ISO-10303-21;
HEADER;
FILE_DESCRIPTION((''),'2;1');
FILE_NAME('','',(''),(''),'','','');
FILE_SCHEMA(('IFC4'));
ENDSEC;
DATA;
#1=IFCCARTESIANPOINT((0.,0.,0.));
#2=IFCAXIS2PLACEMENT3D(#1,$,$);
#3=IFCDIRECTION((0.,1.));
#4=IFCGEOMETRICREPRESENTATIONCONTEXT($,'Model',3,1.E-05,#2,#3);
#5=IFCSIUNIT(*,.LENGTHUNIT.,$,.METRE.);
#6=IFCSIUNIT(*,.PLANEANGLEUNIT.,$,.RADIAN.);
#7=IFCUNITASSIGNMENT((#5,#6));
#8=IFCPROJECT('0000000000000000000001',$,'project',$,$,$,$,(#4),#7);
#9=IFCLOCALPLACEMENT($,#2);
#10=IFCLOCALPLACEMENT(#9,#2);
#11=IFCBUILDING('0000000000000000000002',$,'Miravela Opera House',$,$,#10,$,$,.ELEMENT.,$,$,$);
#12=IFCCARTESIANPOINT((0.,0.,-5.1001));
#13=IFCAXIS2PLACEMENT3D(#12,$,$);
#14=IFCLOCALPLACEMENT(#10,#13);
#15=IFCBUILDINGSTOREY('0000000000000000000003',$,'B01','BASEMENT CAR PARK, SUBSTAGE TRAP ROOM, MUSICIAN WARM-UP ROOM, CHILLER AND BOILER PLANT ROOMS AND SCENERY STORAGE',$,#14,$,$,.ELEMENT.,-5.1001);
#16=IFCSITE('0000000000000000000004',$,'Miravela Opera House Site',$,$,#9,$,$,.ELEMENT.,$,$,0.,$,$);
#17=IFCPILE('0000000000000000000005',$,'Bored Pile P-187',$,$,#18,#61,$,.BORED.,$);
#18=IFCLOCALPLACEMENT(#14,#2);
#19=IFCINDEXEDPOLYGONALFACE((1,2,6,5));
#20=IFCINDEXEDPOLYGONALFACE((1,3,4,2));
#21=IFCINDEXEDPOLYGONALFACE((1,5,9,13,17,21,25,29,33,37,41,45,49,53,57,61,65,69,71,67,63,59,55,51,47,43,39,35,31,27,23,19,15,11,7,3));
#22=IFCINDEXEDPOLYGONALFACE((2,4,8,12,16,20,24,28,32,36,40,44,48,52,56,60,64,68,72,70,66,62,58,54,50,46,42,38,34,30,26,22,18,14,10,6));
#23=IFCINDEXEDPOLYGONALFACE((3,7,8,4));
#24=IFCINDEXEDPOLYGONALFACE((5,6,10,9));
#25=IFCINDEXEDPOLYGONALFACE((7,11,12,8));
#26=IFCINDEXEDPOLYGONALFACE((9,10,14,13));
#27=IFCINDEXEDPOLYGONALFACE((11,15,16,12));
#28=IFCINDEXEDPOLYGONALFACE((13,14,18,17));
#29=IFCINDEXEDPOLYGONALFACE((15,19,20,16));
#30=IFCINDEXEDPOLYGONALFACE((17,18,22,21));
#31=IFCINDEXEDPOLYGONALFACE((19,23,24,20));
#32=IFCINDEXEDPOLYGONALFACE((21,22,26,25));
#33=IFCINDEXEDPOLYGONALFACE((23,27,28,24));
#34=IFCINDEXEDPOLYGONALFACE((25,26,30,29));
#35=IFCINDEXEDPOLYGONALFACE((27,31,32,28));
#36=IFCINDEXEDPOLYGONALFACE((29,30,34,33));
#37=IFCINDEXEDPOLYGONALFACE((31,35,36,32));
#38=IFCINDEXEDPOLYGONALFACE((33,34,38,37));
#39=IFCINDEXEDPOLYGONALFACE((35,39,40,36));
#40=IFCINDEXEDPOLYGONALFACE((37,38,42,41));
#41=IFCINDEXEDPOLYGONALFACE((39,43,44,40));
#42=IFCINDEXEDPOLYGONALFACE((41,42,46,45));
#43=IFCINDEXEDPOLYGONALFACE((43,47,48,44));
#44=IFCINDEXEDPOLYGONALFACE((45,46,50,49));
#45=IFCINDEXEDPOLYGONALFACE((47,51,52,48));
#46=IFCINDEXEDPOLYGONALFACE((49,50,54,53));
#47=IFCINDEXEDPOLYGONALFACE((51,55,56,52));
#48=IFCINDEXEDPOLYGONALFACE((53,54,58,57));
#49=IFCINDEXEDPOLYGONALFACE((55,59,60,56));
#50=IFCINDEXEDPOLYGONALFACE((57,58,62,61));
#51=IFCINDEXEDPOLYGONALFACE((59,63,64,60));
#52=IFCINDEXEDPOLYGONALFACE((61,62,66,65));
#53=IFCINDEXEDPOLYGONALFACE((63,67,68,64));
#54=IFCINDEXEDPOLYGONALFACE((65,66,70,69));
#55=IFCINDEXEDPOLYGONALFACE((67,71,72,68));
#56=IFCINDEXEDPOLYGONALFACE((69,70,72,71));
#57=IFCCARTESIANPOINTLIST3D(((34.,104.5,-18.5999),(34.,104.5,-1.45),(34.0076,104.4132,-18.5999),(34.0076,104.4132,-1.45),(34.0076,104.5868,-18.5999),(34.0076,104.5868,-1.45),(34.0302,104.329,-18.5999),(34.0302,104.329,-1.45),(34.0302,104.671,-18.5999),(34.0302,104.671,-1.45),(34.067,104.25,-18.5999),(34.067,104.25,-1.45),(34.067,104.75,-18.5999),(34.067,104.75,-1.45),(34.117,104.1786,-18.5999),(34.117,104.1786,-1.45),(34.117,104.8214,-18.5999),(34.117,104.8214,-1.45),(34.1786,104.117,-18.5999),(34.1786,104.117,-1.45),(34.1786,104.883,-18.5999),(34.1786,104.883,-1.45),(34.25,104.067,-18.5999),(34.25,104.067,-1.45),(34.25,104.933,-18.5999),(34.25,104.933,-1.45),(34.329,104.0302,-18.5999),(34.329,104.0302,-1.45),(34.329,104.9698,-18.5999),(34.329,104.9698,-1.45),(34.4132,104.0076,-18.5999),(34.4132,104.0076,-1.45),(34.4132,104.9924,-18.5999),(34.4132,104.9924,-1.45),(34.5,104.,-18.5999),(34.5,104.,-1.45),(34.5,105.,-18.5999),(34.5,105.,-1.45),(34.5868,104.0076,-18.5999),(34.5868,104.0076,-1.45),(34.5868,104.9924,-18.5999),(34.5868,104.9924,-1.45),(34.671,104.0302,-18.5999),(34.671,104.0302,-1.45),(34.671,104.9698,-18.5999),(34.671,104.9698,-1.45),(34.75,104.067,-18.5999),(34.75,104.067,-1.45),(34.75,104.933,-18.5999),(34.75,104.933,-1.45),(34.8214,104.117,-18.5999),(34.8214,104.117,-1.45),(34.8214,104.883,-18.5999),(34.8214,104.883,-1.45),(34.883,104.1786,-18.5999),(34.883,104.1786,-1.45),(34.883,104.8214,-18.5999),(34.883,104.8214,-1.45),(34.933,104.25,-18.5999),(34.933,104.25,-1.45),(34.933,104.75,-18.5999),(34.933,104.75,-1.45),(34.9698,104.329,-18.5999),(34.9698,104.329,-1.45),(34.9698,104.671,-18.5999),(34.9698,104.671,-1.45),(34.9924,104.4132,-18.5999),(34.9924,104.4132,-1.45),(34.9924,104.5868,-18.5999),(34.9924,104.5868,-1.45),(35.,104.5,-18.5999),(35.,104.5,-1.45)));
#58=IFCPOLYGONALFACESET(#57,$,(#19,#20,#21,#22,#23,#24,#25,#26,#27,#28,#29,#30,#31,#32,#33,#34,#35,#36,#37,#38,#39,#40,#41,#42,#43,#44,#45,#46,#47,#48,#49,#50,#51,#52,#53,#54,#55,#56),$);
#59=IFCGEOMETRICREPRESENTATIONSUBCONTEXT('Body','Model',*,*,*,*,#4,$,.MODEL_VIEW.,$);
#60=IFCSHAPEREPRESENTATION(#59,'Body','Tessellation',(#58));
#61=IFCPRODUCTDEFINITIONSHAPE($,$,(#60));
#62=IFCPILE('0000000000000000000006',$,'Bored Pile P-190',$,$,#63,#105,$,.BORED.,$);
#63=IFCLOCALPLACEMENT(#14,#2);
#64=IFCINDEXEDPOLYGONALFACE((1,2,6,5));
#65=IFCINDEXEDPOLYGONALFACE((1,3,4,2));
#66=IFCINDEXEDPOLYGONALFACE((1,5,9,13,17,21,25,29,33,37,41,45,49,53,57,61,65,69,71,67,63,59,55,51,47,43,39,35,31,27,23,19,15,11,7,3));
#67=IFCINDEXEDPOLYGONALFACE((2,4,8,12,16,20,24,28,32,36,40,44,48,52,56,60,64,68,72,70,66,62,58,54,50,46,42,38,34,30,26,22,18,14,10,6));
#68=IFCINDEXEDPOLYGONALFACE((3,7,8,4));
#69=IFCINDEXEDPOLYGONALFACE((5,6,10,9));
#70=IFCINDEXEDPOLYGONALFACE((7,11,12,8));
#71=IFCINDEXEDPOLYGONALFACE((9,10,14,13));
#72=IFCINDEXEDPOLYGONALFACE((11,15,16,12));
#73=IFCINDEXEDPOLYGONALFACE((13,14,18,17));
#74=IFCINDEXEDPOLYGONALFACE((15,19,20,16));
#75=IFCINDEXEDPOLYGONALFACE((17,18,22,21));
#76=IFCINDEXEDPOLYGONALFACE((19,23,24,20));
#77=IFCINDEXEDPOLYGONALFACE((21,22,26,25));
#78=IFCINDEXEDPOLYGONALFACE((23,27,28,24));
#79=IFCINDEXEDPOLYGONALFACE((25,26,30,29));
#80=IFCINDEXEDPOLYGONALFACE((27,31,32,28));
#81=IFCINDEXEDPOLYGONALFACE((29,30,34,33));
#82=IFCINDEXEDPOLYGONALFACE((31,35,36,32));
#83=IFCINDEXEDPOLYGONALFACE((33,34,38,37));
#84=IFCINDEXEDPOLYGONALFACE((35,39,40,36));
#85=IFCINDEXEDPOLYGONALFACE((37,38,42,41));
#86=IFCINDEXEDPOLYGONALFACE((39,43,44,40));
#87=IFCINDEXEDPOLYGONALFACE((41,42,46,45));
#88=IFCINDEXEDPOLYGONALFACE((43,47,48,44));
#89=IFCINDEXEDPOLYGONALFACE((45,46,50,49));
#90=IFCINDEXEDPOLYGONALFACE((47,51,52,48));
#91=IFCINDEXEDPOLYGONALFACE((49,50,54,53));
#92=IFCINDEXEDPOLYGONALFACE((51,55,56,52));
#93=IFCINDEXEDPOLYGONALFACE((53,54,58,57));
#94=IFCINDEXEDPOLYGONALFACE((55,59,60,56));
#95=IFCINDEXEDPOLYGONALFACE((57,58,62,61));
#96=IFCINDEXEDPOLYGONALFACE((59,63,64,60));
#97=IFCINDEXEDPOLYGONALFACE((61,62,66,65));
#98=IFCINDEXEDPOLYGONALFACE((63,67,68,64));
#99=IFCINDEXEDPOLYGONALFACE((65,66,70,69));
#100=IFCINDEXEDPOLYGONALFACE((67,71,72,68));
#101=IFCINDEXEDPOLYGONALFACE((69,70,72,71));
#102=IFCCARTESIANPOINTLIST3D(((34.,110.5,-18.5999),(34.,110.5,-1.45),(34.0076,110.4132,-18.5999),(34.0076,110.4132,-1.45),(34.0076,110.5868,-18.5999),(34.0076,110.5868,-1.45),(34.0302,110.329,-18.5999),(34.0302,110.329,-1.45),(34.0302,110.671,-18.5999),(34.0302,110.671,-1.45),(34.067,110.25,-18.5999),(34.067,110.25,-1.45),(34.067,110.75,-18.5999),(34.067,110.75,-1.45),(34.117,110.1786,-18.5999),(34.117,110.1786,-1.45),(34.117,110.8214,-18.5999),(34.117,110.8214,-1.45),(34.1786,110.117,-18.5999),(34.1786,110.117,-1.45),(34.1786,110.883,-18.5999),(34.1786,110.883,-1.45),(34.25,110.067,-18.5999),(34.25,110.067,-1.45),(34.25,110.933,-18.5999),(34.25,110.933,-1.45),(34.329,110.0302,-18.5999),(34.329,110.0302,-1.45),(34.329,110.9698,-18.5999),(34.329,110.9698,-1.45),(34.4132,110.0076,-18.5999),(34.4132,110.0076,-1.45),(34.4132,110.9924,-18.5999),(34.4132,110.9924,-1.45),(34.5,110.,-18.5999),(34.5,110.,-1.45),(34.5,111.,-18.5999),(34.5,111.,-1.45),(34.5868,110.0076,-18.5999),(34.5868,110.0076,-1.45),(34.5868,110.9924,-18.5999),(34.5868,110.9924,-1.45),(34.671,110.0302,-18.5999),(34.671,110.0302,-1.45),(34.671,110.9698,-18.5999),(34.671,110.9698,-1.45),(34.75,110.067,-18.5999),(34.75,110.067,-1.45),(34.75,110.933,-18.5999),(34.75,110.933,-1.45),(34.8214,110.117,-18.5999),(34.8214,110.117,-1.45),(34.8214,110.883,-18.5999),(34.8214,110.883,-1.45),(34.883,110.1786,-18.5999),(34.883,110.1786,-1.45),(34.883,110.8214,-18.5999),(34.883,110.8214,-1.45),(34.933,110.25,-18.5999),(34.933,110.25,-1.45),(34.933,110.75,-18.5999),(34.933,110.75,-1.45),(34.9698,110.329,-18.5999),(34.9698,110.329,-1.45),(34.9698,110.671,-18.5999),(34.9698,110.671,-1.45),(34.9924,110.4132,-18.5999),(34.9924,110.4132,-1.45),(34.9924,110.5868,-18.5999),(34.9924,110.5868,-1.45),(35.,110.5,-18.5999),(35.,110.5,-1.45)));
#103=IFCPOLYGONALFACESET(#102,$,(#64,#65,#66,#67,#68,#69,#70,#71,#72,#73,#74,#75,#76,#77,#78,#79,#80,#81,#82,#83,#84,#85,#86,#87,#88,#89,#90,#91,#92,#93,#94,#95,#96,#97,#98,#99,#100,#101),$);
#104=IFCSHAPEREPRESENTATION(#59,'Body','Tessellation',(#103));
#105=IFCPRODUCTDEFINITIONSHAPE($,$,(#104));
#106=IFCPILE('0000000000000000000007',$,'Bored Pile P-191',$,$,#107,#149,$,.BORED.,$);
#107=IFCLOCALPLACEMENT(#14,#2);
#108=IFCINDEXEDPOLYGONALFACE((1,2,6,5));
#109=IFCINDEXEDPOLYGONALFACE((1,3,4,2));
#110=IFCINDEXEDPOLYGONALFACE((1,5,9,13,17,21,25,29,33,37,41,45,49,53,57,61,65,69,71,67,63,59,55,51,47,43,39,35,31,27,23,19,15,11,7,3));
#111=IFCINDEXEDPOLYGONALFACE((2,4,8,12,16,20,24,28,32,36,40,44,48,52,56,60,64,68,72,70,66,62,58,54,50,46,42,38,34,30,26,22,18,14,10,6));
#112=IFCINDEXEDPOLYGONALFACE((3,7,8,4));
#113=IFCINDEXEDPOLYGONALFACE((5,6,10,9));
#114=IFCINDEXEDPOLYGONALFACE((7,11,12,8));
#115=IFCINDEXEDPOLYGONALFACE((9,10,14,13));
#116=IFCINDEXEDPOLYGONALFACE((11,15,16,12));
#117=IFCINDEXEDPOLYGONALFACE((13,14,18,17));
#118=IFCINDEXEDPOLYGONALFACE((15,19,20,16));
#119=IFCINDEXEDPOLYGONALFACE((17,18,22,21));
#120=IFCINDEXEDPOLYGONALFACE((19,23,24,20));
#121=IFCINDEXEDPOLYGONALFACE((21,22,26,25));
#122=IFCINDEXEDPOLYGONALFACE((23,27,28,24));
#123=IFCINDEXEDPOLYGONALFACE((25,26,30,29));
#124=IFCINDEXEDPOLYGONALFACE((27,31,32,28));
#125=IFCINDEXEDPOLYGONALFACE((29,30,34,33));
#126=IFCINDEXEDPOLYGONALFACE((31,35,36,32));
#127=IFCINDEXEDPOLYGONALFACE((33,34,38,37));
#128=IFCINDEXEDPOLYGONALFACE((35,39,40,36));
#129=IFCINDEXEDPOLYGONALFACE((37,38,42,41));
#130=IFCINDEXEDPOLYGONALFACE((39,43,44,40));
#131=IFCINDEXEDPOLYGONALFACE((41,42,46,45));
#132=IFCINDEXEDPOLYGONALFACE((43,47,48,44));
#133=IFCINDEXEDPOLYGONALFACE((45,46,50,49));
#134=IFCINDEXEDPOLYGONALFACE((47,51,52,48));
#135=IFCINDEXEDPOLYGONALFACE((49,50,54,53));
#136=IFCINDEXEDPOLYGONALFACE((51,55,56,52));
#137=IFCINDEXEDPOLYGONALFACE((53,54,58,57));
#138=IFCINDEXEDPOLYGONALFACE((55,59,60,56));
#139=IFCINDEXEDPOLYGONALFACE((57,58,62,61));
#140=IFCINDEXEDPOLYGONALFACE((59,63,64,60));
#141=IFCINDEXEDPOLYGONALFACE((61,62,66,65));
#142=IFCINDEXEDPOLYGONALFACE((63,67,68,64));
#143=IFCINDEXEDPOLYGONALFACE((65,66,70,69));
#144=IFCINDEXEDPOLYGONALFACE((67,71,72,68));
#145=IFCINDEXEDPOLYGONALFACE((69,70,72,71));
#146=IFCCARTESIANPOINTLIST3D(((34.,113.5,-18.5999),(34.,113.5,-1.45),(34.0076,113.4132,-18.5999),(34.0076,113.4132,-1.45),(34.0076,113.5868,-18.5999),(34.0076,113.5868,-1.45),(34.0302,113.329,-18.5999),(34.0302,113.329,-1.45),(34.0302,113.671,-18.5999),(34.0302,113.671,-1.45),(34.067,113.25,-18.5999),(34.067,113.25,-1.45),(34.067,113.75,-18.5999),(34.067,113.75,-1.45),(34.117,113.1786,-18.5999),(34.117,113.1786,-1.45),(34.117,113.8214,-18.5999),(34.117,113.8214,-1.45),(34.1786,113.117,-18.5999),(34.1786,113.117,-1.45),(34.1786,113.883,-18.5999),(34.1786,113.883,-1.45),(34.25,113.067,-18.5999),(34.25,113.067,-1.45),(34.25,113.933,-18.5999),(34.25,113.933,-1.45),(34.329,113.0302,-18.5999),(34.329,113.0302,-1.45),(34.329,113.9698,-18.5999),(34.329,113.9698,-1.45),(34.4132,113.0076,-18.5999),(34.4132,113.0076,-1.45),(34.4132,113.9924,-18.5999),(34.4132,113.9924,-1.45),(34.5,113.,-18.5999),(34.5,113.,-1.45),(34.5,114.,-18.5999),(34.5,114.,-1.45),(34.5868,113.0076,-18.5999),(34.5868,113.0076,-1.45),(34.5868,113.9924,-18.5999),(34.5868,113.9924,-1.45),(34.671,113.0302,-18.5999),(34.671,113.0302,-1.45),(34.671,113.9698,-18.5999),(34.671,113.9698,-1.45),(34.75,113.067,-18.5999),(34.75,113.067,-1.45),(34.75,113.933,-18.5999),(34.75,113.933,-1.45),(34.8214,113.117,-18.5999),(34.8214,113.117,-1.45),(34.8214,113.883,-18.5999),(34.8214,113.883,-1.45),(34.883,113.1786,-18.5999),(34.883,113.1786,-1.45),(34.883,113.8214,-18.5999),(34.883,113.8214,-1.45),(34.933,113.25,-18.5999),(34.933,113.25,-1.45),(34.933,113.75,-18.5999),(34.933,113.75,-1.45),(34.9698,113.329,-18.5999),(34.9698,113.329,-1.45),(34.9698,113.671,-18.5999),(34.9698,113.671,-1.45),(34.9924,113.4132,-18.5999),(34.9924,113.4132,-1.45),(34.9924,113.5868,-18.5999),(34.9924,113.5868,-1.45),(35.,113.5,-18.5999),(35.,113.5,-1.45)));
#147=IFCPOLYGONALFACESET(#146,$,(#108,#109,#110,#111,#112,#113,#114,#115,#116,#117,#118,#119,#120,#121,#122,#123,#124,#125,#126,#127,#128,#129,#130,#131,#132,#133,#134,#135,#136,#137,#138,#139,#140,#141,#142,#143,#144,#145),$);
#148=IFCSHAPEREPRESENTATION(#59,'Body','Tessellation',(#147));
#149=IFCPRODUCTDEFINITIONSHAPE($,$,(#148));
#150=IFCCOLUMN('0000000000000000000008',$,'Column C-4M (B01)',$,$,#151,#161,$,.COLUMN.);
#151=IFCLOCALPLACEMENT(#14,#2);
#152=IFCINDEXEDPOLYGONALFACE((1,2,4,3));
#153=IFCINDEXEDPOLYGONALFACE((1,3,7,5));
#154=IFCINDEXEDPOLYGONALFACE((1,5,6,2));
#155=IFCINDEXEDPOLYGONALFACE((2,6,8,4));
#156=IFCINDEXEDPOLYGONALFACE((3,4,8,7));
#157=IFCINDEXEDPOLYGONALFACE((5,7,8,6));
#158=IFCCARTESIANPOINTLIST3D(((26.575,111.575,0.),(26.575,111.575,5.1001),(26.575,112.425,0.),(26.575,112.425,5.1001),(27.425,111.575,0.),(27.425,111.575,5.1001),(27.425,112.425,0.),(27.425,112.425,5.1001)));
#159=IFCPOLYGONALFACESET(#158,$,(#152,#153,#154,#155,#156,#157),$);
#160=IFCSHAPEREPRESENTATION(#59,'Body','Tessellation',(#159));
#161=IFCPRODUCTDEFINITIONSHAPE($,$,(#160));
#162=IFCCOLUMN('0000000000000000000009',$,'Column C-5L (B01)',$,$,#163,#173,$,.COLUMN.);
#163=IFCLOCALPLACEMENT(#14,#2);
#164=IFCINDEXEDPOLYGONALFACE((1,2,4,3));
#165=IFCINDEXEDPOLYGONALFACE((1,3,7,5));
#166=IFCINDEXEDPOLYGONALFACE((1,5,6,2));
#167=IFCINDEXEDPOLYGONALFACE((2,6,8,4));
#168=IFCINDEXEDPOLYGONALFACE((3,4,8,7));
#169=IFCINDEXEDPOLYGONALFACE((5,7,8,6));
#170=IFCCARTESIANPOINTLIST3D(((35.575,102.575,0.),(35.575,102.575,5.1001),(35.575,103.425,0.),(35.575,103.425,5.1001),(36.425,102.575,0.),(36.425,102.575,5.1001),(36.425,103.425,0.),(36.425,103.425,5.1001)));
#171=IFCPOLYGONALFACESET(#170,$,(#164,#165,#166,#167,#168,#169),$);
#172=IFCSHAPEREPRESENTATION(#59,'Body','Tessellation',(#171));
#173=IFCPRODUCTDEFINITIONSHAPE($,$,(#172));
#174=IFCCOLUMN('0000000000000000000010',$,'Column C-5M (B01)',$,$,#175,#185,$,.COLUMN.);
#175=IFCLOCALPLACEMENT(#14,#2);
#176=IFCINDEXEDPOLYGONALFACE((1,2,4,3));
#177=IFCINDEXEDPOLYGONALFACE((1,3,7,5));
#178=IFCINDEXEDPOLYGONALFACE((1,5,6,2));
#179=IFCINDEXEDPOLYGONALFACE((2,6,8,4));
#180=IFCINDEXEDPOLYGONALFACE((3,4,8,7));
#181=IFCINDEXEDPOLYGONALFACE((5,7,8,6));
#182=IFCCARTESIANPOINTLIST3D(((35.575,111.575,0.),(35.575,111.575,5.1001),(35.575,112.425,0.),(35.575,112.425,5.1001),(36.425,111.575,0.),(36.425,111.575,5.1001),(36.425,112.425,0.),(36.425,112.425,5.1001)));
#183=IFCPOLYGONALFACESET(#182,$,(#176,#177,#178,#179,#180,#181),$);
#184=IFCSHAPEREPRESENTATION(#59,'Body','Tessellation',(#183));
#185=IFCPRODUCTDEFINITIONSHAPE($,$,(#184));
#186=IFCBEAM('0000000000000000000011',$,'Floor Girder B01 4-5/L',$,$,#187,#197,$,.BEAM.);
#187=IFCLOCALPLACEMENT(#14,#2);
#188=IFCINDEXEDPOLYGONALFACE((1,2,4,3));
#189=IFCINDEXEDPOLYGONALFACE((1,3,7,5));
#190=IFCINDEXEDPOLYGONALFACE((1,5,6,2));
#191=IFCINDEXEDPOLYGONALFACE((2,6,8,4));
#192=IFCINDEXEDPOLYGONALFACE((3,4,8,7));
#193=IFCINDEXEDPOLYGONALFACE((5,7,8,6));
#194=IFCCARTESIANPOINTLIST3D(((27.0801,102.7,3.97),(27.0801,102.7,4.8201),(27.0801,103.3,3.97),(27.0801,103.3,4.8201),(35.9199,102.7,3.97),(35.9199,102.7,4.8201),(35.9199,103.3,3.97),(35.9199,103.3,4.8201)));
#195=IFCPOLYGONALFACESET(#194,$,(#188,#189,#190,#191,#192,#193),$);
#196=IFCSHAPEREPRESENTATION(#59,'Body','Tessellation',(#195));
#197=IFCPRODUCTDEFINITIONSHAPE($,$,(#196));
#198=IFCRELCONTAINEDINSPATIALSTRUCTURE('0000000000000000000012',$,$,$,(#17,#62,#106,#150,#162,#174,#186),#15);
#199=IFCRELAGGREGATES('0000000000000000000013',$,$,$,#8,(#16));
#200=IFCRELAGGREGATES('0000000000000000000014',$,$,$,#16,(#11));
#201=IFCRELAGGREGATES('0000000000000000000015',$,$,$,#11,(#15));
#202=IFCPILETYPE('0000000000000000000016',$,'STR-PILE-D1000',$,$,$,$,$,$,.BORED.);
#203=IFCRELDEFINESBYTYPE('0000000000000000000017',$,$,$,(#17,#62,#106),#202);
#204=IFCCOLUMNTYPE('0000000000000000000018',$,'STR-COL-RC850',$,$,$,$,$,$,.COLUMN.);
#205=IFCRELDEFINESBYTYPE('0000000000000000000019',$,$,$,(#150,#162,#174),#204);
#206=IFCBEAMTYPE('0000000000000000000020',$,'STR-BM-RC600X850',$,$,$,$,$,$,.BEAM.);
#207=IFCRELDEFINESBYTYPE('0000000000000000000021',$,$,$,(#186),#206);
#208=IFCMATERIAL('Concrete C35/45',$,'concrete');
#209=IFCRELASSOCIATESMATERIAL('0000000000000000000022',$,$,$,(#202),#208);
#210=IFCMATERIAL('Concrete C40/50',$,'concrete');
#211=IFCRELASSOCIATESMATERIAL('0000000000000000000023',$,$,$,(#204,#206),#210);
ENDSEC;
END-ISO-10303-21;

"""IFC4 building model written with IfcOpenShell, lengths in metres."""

from ifc_helpers import new_model, si_unit, direction, frame, origin, origin_2d, place, context, subcontext, project, spatial, rectangle, circle, extrude, material, material_profile, profile_set, type_object, element, save


model = new_model("IFC4")

# Units and contexts
model_context = context("Model", 3, precision=1e-05, world=origin(), true_north=direction((0.0, 1.0)))
body_context = subcontext(model_context, "Body", "Model", "MODEL_VIEW")
ifc_project = project(units=[si_unit("LENGTHUNIT", "METRE"), si_unit("PLANEANGLEUNIT", "RADIAN")], contexts=[model_context])

# Site, building, storey
site_placement = place(None, origin())
site = spatial("IfcSite", under=ifc_project, at=site_placement, Name="Miravela Opera House Site", CompositionType="ELEMENT", RefElevation=0.0)
building_placement = place(site_placement, origin())
building = spatial("IfcBuilding", under=site, at=building_placement, Name="Miravela Opera House", CompositionType="ELEMENT")
storey_placement = place(building_placement, frame((0.0, 0.0, -5.1001)))
storey = spatial("IfcBuildingStorey", under=building, at=storey_placement, Name="B01", Description="BASEMENT CAR PARK, SUBSTAGE TRAP ROOM, MUSICIAN WARM-UP ROOM, CHILLER AND BOILER PLANT ROOMS AND SCENERY STORAGE", CompositionType="ELEMENT", Elevation=-5.1001)

# Shared definitions
ifc_material_1 = material(Name="Concrete C35/45", Category="concrete")

# Piles
ifc_material_profile_1 = material_profile(ifc_material_1, circle(Radius=0.5, at=origin_2d()), Name="PILE-D1000")
ifc_profile_set_1 = profile_set([ifc_material_profile_1])
pile_type = type_object("IfcPileType", Name="STR-PILE-D1000", PredefinedType="BORED", material=ifc_profile_set_1)
for number, where, z_axis, x_axis, name in (
    (1, (34.5, 104.5, -1.45), (0.0, 0.0, -1.0), (1.0, 0.0, 0.0), "Bored Pile P-187"),
    (2, (34.5, 110.5, -1.45), (0.0, 0.0, -1.0), (1.0, 0.0, 0.0), "Bored Pile P-190"),
    (3, (34.5, 113.5, -1.45), (0.0, 0.0, -1.0), (1.0, 0.0, 0.0), "Bored Pile P-191"),
):
    element("IfcPile", number, at=place(storey_placement, frame(where, z_axis=z_axis, x_axis=x_axis)), inside=storey, type_object=pile_type, Name=name, PredefinedType="BORED", context=body_context, shape_type="SweptSolid", body=[
        extrude(circle(Radius=0.5, at=origin_2d()), origin(), (0.0, 0.0, 1.0), 17.1499),
    ])

# Columns
ifc_material_2 = material(Name="Concrete C40/50", Category="concrete")
ifc_material_profile_2 = material_profile(ifc_material_2, rectangle(XDim=0.8501, YDim=0.8501, at=origin_2d()), Name="RC-COL-850X850")
ifc_profile_set_2 = profile_set([ifc_material_profile_2])
column_type = type_object("IfcColumnType", Name="STR-COL-RC850", PredefinedType="COLUMN", material=ifc_profile_set_2)
for number, where, z_axis, x_axis, name in (
    (4, (27.0, 112.0, 0.0), (0.0, 0.0, 1.0), (1.0, 0.0, 0.0), "Column C-4M (B01)"),
    (5, (36.0, 103.0, 0.0), (0.0, 0.0, 1.0), (1.0, 0.0, 0.0), "Column C-5L (B01)"),
    (6, (36.0, 112.0, 0.0), (0.0, 0.0, 1.0), (1.0, 0.0, 0.0), "Column C-5M (B01)"),
):
    element("IfcColumn", number, at=place(storey_placement, frame(where, z_axis=z_axis, x_axis=x_axis)), inside=storey, type_object=column_type, Name=name, PredefinedType="COLUMN", context=body_context, shape_type="SweptSolid", body=[
        extrude(rectangle(XDim=0.8501, YDim=0.8501, at=origin_2d()), origin(), (0.0, 0.0, 1.0), 5.1001),
    ])

# Beam
ifc_material_profile_3 = material_profile(ifc_material_2, rectangle(XDim=0.6001, YDim=0.8501, at=origin_2d()), Name="RC-BM-600X850")
ifc_profile_set_3 = profile_set([ifc_material_profile_3])
beam_type_1 = type_object("IfcBeamType", Name="STR-BM-RC600X850", PredefinedType="BEAM", material=ifc_profile_set_3)
beam_1_placement = place(storey_placement, frame((27.0801, 103.0, 4.395), z_axis=(1.0, 0.0, 0.0), x_axis=(0.0, 1.0, 0.0)))
element("IfcBeam", 7, at=beam_1_placement, inside=storey, type_object=beam_type_1, Name="Floor Girder B01 4-5/L", PredefinedType="BEAM", context=body_context, shape_type="SweptSolid", body=[
    extrude(rectangle(XDim=0.6001, YDim=0.8501, at=origin_2d()), origin(), (0.0, 0.0, 1.0), 8.8398),
])

save(model, "model.ifc")
